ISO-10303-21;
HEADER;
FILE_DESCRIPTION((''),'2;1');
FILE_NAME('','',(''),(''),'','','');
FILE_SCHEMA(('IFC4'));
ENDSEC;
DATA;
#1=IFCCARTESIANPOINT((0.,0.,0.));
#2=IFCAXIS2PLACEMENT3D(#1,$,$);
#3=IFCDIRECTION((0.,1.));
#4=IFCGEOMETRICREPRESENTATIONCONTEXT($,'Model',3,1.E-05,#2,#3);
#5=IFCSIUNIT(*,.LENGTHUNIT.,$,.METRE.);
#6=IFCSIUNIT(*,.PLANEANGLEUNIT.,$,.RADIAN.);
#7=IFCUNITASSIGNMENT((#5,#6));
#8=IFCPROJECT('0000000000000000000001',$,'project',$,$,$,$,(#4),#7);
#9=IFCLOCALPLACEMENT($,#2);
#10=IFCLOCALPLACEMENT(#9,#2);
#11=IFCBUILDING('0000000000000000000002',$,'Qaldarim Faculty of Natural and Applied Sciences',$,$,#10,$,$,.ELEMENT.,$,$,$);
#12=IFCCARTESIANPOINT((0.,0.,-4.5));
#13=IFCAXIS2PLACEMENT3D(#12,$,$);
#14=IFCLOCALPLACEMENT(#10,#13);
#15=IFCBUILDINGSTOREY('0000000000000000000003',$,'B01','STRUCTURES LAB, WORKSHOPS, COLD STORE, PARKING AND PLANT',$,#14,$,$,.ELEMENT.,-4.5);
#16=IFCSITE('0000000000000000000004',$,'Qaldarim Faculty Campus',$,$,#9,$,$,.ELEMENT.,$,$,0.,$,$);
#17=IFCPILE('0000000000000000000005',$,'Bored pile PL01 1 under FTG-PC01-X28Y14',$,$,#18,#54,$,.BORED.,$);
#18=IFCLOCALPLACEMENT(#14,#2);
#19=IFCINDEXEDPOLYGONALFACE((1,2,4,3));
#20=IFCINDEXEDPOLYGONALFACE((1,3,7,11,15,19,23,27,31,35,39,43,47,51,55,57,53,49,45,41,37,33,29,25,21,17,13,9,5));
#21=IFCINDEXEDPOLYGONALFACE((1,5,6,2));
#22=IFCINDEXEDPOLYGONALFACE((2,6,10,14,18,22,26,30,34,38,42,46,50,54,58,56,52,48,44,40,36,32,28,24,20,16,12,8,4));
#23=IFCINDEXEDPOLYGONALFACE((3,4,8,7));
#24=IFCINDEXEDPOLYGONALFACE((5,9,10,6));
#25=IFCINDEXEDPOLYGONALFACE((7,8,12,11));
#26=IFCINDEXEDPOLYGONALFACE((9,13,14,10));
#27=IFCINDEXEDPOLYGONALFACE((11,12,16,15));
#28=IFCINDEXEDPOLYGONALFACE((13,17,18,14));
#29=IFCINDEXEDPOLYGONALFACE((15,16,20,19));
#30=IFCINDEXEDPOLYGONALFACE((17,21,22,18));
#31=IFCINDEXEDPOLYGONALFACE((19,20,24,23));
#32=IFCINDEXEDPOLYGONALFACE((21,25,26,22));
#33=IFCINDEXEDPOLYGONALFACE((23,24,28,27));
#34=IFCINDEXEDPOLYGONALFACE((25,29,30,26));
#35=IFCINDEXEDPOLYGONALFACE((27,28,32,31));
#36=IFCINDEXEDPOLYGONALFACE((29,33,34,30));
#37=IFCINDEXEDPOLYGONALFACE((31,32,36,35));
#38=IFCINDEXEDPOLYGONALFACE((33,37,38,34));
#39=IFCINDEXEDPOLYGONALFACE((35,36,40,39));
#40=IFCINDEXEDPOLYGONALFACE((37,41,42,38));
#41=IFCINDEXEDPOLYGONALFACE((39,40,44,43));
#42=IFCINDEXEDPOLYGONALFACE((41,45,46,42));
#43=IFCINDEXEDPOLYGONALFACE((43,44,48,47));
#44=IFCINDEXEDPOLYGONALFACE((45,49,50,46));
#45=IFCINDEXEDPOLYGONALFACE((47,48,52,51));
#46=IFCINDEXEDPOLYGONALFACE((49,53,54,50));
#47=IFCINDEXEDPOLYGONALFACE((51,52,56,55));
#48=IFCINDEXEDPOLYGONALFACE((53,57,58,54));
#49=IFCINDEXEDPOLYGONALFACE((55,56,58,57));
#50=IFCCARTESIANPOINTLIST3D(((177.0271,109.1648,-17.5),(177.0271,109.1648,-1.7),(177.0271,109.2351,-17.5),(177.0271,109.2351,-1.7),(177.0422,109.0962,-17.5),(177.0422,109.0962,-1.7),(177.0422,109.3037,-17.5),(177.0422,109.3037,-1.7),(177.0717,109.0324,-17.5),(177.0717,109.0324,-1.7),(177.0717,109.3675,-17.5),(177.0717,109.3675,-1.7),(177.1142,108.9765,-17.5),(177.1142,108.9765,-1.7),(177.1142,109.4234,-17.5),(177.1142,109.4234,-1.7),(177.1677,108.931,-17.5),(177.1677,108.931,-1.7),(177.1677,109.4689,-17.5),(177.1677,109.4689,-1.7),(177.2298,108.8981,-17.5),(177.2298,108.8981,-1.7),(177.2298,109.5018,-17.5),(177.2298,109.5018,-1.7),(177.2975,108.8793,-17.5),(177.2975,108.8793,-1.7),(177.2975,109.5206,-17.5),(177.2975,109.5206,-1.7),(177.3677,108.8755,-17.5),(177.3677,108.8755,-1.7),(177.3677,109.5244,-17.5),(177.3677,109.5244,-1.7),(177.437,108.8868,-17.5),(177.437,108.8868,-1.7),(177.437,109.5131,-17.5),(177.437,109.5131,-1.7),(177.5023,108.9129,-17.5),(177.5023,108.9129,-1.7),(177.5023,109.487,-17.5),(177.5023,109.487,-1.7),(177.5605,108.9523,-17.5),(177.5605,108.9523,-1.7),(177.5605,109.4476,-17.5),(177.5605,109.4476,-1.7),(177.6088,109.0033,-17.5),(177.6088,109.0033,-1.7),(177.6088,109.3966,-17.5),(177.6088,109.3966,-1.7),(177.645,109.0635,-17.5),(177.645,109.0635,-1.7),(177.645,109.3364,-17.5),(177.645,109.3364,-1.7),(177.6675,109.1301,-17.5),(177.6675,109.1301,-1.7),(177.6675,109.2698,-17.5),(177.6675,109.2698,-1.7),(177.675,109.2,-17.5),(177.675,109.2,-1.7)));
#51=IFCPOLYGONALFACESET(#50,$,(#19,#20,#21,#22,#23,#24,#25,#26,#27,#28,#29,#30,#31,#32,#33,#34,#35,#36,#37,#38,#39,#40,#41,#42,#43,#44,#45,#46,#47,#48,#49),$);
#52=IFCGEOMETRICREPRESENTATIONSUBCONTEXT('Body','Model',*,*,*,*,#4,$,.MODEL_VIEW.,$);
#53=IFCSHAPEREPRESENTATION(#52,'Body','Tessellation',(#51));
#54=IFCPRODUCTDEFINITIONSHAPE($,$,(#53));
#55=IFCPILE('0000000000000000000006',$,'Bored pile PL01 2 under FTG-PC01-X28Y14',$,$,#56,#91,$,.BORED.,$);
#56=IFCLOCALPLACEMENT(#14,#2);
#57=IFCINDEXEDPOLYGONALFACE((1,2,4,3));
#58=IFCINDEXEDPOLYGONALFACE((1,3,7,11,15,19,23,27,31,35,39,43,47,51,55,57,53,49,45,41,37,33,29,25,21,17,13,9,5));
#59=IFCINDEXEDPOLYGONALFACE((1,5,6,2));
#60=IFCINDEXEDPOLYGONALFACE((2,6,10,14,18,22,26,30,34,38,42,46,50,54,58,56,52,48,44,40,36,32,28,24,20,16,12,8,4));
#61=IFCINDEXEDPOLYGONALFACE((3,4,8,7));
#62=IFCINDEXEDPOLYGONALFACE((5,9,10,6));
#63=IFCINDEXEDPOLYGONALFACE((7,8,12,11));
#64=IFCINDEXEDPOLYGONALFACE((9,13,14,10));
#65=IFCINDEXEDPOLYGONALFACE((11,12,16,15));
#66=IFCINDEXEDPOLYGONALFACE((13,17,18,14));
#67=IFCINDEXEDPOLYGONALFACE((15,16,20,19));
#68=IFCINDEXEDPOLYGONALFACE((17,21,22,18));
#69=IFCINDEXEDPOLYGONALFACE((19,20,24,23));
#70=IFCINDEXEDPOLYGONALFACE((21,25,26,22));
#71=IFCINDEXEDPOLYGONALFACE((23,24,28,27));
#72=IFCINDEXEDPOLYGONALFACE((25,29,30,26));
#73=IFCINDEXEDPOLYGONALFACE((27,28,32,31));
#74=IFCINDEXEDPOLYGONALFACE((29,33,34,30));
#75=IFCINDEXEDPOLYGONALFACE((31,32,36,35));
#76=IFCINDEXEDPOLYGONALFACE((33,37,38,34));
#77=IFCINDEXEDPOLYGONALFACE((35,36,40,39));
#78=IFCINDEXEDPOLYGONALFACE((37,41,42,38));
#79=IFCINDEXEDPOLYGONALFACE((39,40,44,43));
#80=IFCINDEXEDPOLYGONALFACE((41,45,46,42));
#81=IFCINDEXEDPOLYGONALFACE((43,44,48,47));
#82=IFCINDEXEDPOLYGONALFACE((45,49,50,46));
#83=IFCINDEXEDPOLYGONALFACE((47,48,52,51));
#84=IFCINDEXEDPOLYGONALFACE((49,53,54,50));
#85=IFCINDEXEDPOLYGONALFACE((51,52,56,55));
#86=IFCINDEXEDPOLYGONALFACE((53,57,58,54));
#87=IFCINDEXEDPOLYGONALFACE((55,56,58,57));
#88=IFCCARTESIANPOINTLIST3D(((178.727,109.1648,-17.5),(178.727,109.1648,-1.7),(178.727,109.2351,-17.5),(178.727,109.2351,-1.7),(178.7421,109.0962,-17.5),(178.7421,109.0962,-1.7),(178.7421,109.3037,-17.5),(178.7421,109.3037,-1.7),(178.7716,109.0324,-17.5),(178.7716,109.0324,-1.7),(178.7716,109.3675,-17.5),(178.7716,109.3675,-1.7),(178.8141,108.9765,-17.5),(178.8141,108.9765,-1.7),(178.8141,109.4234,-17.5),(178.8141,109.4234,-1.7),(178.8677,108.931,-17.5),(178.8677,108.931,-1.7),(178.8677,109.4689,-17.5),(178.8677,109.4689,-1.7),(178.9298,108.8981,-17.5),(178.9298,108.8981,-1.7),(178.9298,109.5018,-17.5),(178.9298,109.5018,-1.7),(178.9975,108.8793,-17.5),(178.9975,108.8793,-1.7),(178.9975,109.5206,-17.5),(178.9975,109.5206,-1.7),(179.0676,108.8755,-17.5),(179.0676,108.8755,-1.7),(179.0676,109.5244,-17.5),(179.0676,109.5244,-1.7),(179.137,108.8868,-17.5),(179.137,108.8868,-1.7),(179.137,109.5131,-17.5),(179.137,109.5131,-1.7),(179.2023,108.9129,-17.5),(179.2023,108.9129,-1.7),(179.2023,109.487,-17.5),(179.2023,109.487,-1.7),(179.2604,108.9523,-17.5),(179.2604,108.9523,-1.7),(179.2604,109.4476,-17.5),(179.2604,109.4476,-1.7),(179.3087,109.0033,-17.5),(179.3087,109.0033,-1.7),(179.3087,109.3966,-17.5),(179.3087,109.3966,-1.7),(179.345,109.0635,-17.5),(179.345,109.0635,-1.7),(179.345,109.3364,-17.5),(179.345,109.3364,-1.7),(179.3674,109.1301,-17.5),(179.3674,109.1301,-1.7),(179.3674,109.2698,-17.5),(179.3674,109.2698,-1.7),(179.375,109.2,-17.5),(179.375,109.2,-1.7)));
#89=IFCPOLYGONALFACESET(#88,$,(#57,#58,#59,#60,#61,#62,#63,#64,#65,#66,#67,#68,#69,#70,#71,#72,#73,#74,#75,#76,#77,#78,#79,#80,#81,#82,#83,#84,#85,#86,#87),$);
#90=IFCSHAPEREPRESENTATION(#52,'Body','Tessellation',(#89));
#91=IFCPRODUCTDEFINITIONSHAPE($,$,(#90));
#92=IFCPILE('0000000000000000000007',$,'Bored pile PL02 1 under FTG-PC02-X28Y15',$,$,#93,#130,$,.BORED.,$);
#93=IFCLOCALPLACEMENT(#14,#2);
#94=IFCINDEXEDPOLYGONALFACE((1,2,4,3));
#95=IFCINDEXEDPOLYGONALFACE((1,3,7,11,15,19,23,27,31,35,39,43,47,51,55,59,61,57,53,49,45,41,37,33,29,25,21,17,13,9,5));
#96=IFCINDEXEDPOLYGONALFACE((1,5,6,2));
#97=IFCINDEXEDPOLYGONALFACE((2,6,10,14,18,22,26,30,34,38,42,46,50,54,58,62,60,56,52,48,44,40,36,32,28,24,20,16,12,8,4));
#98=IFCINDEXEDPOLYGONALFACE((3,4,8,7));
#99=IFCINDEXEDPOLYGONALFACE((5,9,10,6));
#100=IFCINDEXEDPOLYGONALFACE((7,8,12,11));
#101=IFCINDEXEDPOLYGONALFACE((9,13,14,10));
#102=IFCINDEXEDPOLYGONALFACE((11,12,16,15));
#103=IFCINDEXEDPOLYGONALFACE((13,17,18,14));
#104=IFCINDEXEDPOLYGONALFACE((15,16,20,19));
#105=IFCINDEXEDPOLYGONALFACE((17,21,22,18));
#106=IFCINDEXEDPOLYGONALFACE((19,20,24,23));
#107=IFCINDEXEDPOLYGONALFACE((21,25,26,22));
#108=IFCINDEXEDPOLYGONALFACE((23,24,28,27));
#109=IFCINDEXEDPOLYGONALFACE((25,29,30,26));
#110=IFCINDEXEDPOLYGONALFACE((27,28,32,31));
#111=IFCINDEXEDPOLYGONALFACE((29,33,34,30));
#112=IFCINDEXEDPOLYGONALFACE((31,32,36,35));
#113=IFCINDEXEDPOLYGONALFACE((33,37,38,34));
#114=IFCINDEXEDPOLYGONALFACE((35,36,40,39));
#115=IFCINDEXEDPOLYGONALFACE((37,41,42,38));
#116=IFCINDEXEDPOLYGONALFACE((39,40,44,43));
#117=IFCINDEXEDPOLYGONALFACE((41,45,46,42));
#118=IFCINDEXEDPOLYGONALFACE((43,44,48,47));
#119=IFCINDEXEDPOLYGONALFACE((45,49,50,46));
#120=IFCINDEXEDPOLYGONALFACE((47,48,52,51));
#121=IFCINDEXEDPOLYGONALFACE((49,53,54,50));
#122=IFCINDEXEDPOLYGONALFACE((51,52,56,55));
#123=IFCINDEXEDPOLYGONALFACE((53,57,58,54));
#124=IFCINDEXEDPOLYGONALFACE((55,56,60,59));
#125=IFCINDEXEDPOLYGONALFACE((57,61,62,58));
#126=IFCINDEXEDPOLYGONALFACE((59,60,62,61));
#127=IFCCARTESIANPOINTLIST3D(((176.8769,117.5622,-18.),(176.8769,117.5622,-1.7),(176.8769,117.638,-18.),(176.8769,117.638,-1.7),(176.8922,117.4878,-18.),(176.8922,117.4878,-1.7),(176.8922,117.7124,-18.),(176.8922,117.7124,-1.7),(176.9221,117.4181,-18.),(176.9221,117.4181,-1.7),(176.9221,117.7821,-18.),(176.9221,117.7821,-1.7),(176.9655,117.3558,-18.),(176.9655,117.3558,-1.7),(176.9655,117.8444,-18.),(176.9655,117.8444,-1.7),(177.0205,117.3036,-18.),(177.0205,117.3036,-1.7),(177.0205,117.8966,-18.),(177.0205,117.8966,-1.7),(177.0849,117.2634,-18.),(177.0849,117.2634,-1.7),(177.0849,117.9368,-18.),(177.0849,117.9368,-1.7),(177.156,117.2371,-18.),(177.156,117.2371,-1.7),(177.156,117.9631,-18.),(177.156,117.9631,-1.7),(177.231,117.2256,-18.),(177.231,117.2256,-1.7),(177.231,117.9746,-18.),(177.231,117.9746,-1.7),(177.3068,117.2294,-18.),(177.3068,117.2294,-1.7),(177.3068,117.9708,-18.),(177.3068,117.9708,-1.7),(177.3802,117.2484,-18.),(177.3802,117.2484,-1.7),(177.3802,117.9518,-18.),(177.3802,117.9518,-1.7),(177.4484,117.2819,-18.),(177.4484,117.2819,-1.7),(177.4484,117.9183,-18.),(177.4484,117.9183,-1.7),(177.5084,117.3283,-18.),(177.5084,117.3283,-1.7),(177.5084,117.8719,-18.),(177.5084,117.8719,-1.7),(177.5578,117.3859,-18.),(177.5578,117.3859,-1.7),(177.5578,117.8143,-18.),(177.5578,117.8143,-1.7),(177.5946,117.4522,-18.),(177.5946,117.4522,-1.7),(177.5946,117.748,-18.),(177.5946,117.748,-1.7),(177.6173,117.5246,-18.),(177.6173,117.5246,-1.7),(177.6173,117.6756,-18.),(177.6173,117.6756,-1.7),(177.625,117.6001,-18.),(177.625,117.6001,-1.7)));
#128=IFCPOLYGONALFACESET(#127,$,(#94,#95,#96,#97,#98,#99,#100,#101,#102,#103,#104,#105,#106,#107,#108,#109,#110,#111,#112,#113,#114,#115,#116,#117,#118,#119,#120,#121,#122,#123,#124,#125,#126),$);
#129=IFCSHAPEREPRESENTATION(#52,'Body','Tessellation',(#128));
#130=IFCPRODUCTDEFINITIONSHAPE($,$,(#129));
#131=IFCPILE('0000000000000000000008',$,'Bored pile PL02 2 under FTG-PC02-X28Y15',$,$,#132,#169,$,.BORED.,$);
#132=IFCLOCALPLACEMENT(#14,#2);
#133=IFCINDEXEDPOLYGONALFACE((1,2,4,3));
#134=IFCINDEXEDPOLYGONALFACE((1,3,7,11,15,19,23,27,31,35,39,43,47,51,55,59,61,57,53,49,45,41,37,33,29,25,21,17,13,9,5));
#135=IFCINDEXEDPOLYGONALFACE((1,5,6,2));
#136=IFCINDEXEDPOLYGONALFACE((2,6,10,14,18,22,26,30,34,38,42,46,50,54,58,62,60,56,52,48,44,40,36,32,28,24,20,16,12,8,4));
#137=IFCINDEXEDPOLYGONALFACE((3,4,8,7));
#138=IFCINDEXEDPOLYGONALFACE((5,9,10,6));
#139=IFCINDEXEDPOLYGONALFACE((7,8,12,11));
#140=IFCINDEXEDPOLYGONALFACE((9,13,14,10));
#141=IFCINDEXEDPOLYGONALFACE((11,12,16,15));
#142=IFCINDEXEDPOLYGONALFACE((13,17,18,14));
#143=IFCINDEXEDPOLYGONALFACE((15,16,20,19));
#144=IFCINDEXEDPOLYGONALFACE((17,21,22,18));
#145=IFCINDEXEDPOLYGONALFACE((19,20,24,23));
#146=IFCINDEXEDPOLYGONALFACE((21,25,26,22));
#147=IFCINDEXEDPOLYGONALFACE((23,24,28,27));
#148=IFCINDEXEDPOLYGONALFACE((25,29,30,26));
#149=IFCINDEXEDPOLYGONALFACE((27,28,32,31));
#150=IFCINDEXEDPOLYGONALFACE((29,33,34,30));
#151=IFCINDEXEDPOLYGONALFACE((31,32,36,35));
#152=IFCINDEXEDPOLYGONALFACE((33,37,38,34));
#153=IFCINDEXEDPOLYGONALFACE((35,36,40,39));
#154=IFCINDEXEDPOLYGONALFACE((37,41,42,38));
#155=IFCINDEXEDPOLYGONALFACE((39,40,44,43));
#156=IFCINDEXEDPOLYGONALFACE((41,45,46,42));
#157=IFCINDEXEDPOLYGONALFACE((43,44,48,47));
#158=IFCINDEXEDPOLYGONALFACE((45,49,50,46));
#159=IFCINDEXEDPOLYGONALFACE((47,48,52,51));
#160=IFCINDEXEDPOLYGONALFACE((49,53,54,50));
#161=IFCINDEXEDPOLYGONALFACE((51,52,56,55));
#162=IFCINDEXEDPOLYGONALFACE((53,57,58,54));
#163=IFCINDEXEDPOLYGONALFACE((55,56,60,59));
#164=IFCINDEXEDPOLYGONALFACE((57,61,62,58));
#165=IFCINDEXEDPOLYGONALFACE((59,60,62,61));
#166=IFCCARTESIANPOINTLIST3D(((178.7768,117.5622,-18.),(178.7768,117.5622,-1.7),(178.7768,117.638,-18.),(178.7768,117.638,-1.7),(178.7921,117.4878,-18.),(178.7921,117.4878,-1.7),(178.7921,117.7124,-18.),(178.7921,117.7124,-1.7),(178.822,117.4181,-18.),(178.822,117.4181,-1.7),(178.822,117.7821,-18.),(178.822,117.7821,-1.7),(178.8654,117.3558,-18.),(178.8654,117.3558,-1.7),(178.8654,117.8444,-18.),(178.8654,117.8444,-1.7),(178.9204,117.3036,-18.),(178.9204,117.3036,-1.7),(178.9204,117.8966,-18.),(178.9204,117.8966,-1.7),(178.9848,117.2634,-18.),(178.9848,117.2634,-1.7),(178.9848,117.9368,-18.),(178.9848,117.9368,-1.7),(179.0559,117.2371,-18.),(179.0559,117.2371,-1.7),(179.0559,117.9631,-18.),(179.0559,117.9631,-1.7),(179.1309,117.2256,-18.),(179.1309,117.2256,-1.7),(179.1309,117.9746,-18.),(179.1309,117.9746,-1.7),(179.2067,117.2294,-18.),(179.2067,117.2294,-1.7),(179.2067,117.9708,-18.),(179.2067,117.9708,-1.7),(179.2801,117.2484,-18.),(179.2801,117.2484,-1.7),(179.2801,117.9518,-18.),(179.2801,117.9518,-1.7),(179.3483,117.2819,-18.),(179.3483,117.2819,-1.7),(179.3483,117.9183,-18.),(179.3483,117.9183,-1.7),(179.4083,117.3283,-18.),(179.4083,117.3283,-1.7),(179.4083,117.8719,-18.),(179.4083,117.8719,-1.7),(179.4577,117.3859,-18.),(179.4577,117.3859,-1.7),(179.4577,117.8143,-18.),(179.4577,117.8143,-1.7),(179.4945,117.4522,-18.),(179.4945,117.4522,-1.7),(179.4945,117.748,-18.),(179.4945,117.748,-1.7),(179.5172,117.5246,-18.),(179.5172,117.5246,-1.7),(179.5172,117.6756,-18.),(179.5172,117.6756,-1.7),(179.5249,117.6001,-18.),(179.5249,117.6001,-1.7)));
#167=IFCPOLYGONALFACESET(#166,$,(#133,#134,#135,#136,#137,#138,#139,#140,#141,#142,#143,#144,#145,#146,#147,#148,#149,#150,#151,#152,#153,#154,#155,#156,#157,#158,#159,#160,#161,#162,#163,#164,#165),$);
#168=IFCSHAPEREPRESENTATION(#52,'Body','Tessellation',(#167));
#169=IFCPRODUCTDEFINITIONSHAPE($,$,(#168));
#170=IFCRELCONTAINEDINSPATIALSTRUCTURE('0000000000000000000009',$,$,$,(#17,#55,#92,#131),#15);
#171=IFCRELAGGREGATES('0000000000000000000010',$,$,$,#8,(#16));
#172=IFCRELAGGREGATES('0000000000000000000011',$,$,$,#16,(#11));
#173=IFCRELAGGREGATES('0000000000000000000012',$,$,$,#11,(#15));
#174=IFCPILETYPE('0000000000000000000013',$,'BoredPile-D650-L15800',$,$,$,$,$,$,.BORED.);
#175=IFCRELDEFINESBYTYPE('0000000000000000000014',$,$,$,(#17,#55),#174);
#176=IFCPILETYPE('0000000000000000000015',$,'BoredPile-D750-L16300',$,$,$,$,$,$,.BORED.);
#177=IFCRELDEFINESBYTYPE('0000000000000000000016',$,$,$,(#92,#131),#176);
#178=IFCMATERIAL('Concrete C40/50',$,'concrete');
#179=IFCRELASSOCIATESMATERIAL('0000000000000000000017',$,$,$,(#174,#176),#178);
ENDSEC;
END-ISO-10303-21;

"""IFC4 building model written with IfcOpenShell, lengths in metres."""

from ifc_helpers import new_model, si_unit, direction, frame, origin, origin_2d, place, context, subcontext, project, spatial, circle, extrude, material, material_profile, profile_set, type_object, element, save


model = new_model("IFC4")

# Units and contexts
model_context = context("Model", 3, precision=1e-05, world=origin(), true_north=direction((0.0, 1.0)))
body_context = subcontext(model_context, "Body", "Model", "MODEL_VIEW")
ifc_project = project(units=[si_unit("LENGTHUNIT", "METRE"), si_unit("PLANEANGLEUNIT", "RADIAN")], contexts=[model_context])

# Site, building, storey
site_placement = place(None, origin())
site = spatial("IfcSite", under=ifc_project, at=site_placement, Name="Qaldarim Faculty Campus", CompositionType="ELEMENT", RefElevation=0.0)
building_placement = place(site_placement, origin())
building = spatial("IfcBuilding", under=site, at=building_placement, Name="Qaldarim Faculty of Natural and Applied Sciences", CompositionType="ELEMENT")
storey_placement = place(building_placement, frame((0.0, 0.0, -4.5)))
storey = spatial("IfcBuildingStorey", under=building, at=storey_placement, Name="B01", Description="STRUCTURES LAB, WORKSHOPS, COLD STORE, PARKING AND PLANT", CompositionType="ELEMENT", Elevation=-4.5)

# Piles
ifc_material_1 = material(Name="Concrete C40/50", Category="concrete")
ifc_material_profile_1 = material_profile(ifc_material_1, circle(Radius=0.325, at=origin_2d()), Name="PILE-D650")
ifc_profile_set_1 = profile_set([ifc_material_profile_1], Name="Concrete C40/50")
pile_type_1 = type_object("IfcPileType", Name="BoredPile-D650-L15800", PredefinedType="BORED", material=ifc_profile_set_1)
for number, where, z_axis, x_axis, name in (
    (1, (177.3501, 109.2, -1.7), (0.0, 0.0, -1.0), (1.0, 0.0, 0.0), "Bored pile PL01 1 under FTG-PC01-X28Y14"),
    (2, (179.05, 109.2, -1.7), (0.0, 0.0, -1.0), (1.0, 0.0, 0.0), "Bored pile PL01 2 under FTG-PC01-X28Y14"),
):
    element("IfcPile", number, at=place(storey_placement, frame(where, z_axis=z_axis, x_axis=x_axis)), inside=storey, type_object=pile_type_1, Name=name, PredefinedType="BORED", context=body_context, shape_type="SweptSolid", body=[
        extrude(circle(Radius=0.325, at=origin_2d()), origin(), (0.0, 0.0, 1.0), 15.8),
    ])
ifc_material_profile_2 = material_profile(ifc_material_1, circle(Radius=0.375, at=origin_2d()), Name="PILE-D750")
ifc_profile_set_2 = profile_set([ifc_material_profile_2], Name="Concrete C40/50")
pile_type_2 = type_object("IfcPileType", Name="BoredPile-D750-L16300", PredefinedType="BORED", material=ifc_profile_set_2)
for number, where, z_axis, x_axis, name in (
    (3, (177.25, 117.6001, -1.7), (0.0, 0.0, -1.0), (1.0, 0.0, 0.0), "Bored pile PL02 1 under FTG-PC02-X28Y15"),
    (4, (179.1499, 117.6001, -1.7), (0.0, 0.0, -1.0), (1.0, 0.0, 0.0), "Bored pile PL02 2 under FTG-PC02-X28Y15"),
):
    element("IfcPile", number, at=place(storey_placement, frame(where, z_axis=z_axis, x_axis=x_axis)), inside=storey, type_object=pile_type_2, Name=name, PredefinedType="BORED", context=body_context, shape_type="SweptSolid", body=[
        extrude(circle(Radius=0.375, at=origin_2d()), origin(), (0.0, 0.0, 1.0), 16.3),
    ])

save(model, "model.ifc")
